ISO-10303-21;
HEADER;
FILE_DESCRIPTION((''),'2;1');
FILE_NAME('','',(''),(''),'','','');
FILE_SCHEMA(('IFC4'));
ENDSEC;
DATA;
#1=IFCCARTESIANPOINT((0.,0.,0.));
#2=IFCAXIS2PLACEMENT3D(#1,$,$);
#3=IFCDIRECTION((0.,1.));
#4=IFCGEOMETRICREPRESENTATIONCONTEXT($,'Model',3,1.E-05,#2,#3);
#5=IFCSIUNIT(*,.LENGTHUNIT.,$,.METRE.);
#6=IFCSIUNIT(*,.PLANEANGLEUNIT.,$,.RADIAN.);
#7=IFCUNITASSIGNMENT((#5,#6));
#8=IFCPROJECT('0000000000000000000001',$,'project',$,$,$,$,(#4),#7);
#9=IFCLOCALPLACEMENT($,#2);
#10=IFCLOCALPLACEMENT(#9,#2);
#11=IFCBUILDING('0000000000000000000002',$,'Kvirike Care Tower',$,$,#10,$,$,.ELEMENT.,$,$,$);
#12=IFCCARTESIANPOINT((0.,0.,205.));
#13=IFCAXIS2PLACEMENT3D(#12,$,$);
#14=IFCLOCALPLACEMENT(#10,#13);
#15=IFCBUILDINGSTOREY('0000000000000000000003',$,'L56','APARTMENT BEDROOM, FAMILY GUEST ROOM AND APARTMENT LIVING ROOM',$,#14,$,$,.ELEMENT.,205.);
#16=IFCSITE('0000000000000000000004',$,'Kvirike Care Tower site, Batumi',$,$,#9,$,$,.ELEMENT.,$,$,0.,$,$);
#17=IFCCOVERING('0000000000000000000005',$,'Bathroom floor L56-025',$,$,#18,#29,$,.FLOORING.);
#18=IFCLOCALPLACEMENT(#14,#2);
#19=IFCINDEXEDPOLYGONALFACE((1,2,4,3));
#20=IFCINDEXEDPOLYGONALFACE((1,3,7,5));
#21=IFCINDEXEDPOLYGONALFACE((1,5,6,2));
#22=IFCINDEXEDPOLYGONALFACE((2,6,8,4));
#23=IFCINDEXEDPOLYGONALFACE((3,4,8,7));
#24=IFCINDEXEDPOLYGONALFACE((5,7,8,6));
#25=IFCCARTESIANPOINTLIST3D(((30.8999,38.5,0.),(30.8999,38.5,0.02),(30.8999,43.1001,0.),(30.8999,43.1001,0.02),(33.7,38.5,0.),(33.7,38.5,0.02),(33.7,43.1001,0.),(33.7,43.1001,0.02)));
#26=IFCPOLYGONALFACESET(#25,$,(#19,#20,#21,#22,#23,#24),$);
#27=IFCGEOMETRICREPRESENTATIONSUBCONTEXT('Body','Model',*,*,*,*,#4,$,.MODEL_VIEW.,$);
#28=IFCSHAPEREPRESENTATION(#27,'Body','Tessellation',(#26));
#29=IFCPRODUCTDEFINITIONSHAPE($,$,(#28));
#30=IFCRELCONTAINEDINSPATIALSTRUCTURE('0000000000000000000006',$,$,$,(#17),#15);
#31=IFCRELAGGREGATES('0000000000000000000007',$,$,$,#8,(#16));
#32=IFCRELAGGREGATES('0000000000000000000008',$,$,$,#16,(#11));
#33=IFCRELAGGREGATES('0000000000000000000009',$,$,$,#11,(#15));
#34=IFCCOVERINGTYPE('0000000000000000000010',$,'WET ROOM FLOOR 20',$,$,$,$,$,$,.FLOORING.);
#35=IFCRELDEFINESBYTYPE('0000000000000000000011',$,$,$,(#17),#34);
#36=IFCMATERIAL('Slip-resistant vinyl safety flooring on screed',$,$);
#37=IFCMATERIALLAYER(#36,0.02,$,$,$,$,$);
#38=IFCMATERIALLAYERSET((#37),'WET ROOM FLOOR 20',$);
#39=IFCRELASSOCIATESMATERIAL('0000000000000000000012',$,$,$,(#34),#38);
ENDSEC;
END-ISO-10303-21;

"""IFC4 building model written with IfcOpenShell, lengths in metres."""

from ifc_helpers import new_model, si_unit, direction, frame, origin, place, context, subcontext, project, spatial, polyline, outline, extrude, material, layer, layer_set, type_object, element, save


model = new_model("IFC4")

# Units and contexts
model_context = context("Model", 3, precision=1e-05, world=origin(), true_north=direction((0.0, 1.0)))
body_context = subcontext(model_context, "Body", "Model", "MODEL_VIEW")
ifc_project = project(units=[si_unit("LENGTHUNIT", "METRE"), si_unit("PLANEANGLEUNIT", "RADIAN")], contexts=[model_context])

# Site, building, storey
site_placement = place(None, origin())
site = spatial("IfcSite", under=ifc_project, at=site_placement, Name="Kvirike Care Tower site, Batumi", CompositionType="ELEMENT", RefElevation=0.0)
building_placement = place(site_placement, origin())
building = spatial("IfcBuilding", under=site, at=building_placement, Name="Kvirike Care Tower", CompositionType="ELEMENT")
storey_placement = place(building_placement, frame((0.0, 0.0, 205.0)))
storey = spatial("IfcBuildingStorey", under=building, at=storey_placement, Name="L56", Description="APARTMENT BEDROOM, FAMILY GUEST ROOM AND APARTMENT LIVING ROOM", CompositionType="ELEMENT", Elevation=205.0)

# Covering
ifc_material_1 = material(Name="Slip-resistant vinyl safety flooring on screed")
ifc_layer_1 = layer(ifc_material_1, 0.02)
ifc_layer_set_1 = layer_set([ifc_layer_1], Name="WET ROOM FLOOR 20")
covering_type_1 = type_object("IfcCoveringType", Name="WET ROOM FLOOR 20", PredefinedType="FLOORING", material=ifc_layer_set_1)
covering_1_placement = place(storey_placement, origin())
element("IfcCovering", 1, at=covering_1_placement, inside=storey, type_object=covering_type_1, Name="Bathroom floor L56-025", PredefinedType="FLOORING", context=body_context, shape_type="SweptSolid", body=[
    extrude(outline(polyline([(33.7, 38.5), (30.8999, 38.5), (30.8999, 43.1001), (33.7, 43.1001), (33.7, 38.5)])), origin(), (0.0, 0.0, 1.0), 0.02),
])

save(model, "model.ifc")
